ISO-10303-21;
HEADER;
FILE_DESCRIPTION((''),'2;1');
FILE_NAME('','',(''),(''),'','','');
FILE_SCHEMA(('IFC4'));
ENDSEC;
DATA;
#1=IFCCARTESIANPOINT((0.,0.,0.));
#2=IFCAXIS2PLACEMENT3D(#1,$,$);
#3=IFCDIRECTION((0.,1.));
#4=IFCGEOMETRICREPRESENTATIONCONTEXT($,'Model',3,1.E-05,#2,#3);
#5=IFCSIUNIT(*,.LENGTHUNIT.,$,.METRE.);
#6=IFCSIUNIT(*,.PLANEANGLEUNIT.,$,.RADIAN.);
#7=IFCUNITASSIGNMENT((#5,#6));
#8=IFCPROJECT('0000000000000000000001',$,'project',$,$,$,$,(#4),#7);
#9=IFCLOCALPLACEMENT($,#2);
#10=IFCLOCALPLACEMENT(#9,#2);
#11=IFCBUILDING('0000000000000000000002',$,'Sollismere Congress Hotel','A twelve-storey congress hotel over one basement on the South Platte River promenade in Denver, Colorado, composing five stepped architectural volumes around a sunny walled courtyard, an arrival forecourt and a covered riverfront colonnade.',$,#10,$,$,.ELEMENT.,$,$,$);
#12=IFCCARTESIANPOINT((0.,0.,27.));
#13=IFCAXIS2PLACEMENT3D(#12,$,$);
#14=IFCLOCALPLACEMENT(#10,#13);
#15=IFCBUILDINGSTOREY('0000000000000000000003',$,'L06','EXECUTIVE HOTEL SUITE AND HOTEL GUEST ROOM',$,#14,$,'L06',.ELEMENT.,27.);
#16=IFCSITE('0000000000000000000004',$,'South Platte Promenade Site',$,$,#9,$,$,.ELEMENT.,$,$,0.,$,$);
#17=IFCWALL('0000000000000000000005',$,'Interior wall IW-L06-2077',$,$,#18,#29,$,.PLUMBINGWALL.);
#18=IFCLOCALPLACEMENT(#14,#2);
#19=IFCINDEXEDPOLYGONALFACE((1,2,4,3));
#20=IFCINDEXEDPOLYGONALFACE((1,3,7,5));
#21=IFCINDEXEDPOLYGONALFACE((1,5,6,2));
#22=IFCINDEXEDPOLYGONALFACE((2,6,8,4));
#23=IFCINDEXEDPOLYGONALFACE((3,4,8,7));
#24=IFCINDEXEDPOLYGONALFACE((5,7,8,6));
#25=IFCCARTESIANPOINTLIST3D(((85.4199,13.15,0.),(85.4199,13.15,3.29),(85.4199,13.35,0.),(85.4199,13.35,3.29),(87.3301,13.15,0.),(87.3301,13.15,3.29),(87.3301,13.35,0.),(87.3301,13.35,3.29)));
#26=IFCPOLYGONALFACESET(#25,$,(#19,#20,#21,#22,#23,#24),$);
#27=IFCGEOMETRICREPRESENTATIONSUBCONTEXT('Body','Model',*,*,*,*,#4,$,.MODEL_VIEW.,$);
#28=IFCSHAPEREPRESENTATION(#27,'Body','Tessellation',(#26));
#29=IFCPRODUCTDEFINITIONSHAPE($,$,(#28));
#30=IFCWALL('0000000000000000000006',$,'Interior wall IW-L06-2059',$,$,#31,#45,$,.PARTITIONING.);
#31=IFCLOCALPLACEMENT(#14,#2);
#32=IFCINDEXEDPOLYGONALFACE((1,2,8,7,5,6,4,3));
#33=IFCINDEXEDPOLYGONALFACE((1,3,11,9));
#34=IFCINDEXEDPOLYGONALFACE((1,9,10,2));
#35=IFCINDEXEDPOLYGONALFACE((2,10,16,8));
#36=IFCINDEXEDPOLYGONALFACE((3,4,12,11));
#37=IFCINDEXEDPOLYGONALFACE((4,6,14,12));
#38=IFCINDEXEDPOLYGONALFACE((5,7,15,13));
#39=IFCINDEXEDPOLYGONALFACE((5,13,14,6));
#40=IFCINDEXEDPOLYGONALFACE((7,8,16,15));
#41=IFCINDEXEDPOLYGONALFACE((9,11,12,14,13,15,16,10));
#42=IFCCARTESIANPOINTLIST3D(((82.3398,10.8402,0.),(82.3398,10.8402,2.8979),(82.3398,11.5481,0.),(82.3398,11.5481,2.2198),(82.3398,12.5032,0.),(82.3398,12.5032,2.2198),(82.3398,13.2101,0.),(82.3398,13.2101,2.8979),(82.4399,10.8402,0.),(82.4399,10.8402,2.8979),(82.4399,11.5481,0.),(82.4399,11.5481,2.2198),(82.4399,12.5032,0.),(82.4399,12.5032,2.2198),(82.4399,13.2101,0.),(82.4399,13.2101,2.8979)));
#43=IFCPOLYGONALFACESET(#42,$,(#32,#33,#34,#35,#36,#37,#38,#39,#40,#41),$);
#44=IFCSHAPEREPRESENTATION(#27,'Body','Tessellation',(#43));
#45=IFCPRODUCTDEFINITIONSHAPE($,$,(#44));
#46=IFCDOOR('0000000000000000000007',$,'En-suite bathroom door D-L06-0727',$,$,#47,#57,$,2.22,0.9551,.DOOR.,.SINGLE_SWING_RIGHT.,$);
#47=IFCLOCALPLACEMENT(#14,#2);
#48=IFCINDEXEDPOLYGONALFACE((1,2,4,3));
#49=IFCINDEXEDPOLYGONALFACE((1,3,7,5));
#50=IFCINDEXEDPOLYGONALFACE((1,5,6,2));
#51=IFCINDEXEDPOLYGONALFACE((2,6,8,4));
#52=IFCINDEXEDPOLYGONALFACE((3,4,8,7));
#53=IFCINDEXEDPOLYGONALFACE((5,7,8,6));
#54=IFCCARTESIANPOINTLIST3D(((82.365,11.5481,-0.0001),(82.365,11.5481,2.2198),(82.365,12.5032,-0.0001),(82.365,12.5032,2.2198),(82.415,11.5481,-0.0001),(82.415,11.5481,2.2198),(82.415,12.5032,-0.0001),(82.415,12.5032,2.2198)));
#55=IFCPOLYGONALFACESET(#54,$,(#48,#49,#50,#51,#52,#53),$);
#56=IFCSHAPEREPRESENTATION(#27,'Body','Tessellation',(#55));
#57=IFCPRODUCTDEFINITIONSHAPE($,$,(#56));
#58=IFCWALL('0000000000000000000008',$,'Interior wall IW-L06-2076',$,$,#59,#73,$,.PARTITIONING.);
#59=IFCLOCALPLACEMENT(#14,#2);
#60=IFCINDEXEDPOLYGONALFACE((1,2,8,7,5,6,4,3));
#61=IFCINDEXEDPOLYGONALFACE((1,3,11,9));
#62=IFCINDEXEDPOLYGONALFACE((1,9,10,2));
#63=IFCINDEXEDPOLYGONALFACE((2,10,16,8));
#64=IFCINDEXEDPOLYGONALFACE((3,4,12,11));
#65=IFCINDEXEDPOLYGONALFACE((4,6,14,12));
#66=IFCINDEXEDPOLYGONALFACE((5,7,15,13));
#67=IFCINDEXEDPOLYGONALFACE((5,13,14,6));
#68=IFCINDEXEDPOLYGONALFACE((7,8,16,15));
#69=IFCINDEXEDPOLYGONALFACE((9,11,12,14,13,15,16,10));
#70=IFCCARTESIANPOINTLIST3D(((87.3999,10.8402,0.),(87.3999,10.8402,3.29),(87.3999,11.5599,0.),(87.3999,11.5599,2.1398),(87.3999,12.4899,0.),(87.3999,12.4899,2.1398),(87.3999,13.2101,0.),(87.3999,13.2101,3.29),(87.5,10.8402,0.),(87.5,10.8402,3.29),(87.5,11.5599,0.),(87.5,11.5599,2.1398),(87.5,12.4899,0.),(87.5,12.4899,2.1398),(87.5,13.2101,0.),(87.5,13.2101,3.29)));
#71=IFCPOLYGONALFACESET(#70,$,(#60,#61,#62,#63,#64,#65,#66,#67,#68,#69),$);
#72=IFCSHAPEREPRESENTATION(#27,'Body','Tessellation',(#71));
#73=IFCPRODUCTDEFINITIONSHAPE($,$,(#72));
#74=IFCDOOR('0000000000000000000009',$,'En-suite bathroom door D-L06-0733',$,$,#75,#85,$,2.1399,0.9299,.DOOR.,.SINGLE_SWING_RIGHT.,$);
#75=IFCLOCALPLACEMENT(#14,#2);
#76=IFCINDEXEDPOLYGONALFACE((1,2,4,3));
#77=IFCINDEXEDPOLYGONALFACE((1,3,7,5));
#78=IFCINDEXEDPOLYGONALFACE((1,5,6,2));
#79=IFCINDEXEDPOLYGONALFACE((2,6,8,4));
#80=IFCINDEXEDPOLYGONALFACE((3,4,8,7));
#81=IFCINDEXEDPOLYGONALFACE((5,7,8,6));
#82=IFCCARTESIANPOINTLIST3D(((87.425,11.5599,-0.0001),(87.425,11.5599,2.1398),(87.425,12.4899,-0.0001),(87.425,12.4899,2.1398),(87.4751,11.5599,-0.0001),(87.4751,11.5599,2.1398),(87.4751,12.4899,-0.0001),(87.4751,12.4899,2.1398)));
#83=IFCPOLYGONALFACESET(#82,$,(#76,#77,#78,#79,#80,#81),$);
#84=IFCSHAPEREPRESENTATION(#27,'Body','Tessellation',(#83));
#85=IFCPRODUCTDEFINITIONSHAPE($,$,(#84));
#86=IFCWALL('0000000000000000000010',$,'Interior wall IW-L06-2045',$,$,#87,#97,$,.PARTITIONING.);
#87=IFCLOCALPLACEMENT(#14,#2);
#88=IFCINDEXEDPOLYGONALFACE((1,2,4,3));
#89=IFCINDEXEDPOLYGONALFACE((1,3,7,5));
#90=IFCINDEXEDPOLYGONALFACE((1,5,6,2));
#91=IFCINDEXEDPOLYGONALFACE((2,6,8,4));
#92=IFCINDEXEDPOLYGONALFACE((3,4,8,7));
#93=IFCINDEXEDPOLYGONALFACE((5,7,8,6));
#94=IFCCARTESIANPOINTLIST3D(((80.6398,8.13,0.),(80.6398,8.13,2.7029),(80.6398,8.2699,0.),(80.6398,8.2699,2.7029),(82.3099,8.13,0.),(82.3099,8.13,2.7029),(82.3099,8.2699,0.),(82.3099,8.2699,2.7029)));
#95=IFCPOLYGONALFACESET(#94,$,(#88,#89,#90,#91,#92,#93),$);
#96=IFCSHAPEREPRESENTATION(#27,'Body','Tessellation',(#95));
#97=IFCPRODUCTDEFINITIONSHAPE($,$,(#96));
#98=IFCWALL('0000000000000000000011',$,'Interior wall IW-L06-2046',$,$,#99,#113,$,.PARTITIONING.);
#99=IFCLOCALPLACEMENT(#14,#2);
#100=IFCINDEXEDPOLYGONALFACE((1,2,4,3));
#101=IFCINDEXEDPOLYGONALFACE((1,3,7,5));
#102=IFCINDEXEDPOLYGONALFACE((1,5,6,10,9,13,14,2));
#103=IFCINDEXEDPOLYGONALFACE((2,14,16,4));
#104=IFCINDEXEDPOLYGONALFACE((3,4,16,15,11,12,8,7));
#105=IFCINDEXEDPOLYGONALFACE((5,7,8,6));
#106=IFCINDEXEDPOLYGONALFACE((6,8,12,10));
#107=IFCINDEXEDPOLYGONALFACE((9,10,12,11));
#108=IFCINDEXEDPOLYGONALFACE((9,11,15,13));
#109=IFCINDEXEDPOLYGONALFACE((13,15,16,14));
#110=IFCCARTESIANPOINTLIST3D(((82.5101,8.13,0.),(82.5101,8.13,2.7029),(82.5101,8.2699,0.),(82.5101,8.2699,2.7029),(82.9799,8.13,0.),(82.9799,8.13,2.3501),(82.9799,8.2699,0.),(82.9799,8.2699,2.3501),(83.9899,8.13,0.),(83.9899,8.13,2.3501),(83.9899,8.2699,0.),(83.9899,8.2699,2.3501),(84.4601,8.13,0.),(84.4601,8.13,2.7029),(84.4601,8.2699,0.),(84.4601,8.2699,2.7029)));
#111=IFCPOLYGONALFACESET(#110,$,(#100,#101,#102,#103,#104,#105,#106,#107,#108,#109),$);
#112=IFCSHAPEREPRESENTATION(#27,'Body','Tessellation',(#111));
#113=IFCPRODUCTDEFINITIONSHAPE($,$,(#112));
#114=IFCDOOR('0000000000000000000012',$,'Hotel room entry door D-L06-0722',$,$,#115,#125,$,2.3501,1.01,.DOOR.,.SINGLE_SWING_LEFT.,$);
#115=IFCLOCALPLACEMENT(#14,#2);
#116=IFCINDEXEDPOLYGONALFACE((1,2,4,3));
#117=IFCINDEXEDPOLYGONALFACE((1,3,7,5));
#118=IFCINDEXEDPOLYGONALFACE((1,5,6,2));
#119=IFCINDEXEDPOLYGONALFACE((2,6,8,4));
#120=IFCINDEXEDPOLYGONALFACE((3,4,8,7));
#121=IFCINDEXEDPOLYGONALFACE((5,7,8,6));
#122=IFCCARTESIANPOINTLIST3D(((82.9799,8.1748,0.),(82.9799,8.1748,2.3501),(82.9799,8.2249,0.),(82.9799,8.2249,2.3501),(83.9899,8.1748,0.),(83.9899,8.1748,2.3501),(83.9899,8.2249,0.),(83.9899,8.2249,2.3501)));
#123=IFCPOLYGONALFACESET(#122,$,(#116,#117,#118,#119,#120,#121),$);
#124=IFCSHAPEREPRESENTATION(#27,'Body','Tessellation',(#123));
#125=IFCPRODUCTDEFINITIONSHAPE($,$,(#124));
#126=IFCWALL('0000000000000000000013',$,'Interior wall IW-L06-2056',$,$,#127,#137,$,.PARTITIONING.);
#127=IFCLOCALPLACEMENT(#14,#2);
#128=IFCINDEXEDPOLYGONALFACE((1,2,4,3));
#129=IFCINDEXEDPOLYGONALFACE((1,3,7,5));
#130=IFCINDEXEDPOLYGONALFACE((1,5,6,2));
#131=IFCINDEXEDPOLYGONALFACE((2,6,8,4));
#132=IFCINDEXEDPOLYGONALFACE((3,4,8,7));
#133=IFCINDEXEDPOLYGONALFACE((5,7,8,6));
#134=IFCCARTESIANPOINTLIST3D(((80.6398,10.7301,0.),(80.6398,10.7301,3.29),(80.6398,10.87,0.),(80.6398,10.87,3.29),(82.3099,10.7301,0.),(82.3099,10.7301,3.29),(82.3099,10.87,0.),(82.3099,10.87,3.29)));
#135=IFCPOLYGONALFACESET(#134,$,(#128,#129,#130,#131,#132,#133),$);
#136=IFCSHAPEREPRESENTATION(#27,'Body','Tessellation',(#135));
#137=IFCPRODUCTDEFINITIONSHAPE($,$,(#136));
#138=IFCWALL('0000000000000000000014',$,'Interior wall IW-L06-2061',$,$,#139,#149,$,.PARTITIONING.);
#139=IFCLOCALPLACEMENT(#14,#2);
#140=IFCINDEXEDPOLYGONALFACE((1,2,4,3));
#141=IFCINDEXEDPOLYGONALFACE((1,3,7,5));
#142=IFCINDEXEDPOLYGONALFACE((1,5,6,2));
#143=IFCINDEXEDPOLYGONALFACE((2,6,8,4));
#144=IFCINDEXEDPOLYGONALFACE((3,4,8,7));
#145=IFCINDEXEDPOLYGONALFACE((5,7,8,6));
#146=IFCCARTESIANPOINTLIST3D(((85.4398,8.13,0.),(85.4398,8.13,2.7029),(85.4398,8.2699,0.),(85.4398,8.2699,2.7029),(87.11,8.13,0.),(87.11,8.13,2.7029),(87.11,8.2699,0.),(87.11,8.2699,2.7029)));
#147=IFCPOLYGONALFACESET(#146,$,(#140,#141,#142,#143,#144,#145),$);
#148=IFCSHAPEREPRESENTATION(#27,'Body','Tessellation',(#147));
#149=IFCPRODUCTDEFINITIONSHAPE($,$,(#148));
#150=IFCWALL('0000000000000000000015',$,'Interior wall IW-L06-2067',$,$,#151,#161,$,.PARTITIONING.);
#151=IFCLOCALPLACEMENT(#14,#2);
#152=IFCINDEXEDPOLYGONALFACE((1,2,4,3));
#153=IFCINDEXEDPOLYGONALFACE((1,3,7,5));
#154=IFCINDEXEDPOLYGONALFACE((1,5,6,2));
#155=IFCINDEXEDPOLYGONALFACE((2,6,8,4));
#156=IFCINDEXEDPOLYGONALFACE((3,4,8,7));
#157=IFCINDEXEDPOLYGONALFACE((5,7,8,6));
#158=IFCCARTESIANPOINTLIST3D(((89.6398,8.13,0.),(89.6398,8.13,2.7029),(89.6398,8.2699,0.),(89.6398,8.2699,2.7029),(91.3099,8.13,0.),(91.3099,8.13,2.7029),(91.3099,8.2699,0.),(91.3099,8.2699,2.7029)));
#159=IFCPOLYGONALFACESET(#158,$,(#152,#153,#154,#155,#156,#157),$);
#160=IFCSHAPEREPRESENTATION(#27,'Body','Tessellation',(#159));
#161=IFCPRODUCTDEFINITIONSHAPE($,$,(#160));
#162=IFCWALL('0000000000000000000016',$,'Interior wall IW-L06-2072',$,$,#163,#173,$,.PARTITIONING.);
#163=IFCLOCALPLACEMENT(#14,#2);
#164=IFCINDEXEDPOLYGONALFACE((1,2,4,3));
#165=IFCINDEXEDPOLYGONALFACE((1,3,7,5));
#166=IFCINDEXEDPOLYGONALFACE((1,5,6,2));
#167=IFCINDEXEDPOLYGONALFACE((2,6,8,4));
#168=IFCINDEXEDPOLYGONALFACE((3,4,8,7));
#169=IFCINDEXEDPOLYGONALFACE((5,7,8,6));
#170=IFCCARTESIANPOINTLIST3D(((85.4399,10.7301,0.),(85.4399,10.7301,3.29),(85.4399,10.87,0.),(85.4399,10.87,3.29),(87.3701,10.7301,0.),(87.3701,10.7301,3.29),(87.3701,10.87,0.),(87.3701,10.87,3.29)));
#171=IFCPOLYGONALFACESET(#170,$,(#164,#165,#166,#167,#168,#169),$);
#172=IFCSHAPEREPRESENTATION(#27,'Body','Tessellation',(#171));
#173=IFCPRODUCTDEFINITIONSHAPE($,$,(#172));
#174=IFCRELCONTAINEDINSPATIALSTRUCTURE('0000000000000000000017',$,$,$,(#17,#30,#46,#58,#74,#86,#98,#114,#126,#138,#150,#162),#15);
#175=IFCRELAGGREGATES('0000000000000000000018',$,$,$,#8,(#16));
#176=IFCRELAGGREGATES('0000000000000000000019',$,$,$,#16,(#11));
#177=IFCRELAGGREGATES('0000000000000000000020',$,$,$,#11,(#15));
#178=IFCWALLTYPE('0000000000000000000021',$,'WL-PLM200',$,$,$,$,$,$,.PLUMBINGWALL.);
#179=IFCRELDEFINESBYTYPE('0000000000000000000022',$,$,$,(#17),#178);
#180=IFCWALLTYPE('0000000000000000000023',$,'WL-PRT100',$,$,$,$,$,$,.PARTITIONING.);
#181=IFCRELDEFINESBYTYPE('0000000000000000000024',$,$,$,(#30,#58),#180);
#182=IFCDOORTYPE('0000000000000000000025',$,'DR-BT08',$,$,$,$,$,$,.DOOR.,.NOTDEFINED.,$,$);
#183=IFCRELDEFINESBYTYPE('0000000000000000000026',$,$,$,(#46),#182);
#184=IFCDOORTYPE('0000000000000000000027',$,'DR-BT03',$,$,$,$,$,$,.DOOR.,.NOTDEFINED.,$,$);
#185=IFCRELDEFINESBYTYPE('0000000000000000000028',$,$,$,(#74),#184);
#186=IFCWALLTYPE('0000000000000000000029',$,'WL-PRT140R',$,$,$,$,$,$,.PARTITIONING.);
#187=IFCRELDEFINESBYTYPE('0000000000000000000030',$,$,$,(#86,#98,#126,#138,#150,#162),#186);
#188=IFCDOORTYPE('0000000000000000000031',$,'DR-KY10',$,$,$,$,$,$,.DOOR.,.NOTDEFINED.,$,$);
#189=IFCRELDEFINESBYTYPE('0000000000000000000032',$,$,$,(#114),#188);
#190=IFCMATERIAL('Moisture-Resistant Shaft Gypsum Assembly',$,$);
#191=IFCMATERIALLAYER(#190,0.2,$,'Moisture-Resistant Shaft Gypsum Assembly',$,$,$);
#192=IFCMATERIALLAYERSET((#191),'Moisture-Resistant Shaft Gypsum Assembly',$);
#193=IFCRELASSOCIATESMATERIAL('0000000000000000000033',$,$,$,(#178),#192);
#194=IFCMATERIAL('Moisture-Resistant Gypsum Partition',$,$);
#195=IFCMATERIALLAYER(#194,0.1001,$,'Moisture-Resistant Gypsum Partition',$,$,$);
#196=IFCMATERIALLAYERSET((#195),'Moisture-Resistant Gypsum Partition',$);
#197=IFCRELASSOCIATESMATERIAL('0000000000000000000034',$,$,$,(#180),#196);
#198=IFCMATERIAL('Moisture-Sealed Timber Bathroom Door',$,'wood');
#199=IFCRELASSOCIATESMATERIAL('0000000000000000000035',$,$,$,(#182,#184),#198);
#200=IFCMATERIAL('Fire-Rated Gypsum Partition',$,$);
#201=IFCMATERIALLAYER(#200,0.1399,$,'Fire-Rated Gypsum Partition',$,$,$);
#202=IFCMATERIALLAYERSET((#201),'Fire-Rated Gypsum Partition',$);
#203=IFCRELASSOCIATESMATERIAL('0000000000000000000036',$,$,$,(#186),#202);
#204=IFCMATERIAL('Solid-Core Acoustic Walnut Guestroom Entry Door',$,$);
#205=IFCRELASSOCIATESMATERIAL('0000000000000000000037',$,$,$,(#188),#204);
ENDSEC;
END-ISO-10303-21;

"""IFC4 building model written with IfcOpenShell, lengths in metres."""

from ifc_helpers import new_model, si_unit, direction, frame, frame_2d, origin, place, context, subcontext, project, spatial, rectangle, extrude, material, layer, layer_set, type_object, element, fill, save


model = new_model("IFC4")

# Units and contexts
model_context = context("Model", 3, precision=1e-05, world=origin(), true_north=direction((0.0, 1.0)))
body_context = subcontext(model_context, "Body", "Model", "MODEL_VIEW")
ifc_project = project(units=[si_unit("LENGTHUNIT", "METRE"), si_unit("PLANEANGLEUNIT", "RADIAN")], contexts=[model_context])

# Site, building, storey
site_placement = place(None, origin())
site = spatial("IfcSite", under=ifc_project, at=site_placement, Name="South Platte Promenade Site", CompositionType="ELEMENT", RefElevation=0.0)
building_placement = place(site_placement, origin())
building = spatial("IfcBuilding", under=site, at=building_placement, Name="Sollismere Congress Hotel", Description="A twelve-storey congress hotel over one basement on the South Platte River promenade in Denver, Colorado, composing five stepped architectural volumes around a sunny walled courtyard, an arrival forecourt and a covered riverfront colonnade.", CompositionType="ELEMENT")
storey_placement = place(building_placement, frame((0.0, 0.0, 27.0)))
storey = spatial("IfcBuildingStorey", under=building, at=storey_placement, Name="L06", Description="EXECUTIVE HOTEL SUITE AND HOTEL GUEST ROOM", LongName="L06", CompositionType="ELEMENT", Elevation=27.0)

# Wall
ifc_material_1 = material(Name="Moisture-Resistant Shaft Gypsum Assembly")
ifc_layer_1 = layer(ifc_material_1, 0.2, Name="Moisture-Resistant Shaft Gypsum Assembly")
ifc_layer_set_1 = layer_set([ifc_layer_1], Name="Moisture-Resistant Shaft Gypsum Assembly")
wall_type_1 = type_object("IfcWallType", Name="WL-PLM200", PredefinedType="PLUMBINGWALL", material=ifc_layer_set_1)
wall_1_placement = place(storey_placement, frame((85.4199, 13.25, 0.0), z_axis=(0.0, 0.0, 1.0), x_axis=(1.0, 0.0, 0.0)))
element("IfcWall", 1, at=wall_1_placement, inside=storey, type_object=wall_type_1, Name="Interior wall IW-L06-2077", PredefinedType="PLUMBINGWALL", context=body_context, shape_type="SweptSolid", body=[
    extrude(rectangle(XDim=1.9102, YDim=0.2, at=frame_2d((0.9551, 0.0))), origin(), (0.0, 0.0, 1.0), 3.29),
])

# Walls, openings, doors
ifc_material_2 = material(Name="Moisture-Resistant Gypsum Partition")
ifc_layer_2 = layer(ifc_material_2, 0.1001, Name="Moisture-Resistant Gypsum Partition")
ifc_layer_set_2 = layer_set([ifc_layer_2], Name="Moisture-Resistant Gypsum Partition")
wall_type_2 = type_object("IfcWallType", Name="WL-PRT100", PredefinedType="PARTITIONING", material=ifc_layer_set_2)
wall_2_placement = place(storey_placement, frame((82.3899, 10.8401, 0.0), z_axis=(0.0, 0.0, 1.0), x_axis=(0.0, 1.0, 0.0)))
wall_2 = element("IfcWall", 2, at=wall_2_placement, inside=storey, type_object=wall_type_2, Name="Interior wall IW-L06-2059", PredefinedType="PARTITIONING", context=body_context, shape_type="SweptSolid", body=[
    extrude(rectangle(XDim=2.3699, YDim=0.1001, at=frame_2d((1.1851, 0.0))), origin(), (0.0, 0.0, 1.0), 2.8979),
])
opening_1_placement = place(wall_2_placement, frame((0.708, 0.0, 0.0)))
opening_1 = element("IfcOpeningElement", 3, at=opening_1_placement, cuts=wall_2, PredefinedType="OPENING", context=body_context, shape_type="SweptSolid", body=[
    extrude(rectangle(XDim=0.9551, YDim=2.22, at=frame_2d((0.4775, 1.1099))), frame((0.0, 0.0601, 0.0), z_axis=(0.0, -1.0, 0.0), x_axis=(1.0, 0.0, 0.0)), (0.0, 0.0, 1.0), 0.1201),
])
ifc_material_3 = material(Name="Moisture-Sealed Timber Bathroom Door", Category="wood")
door_type_1 = type_object("IfcDoorType", Name="DR-BT08", OperationType="NOTDEFINED", PredefinedType="DOOR", material=ifc_material_3)
door_1_placement = place(opening_1_placement, origin())
door_1 = element("IfcDoor", 4, at=door_1_placement, inside=storey, type_object=door_type_1, Name="En-suite bathroom door D-L06-0727", OperationType="SINGLE_SWING_RIGHT", OverallHeight=2.22, OverallWidth=0.9551, PredefinedType="DOOR", context=body_context, shape_type="SweptSolid", body=[
    extrude(rectangle(XDim=0.9551, YDim=2.22, at=frame_2d((0.4775, 1.1099))), frame((0.0, 0.0249, 0.0), z_axis=(0.0, -1.0, 0.0), x_axis=(1.0, 0.0, 0.0)), (0.0, 0.0, 1.0), 0.05),
])
fill(opening_1, door_1)
wall_3_placement = place(storey_placement, frame((87.45, 10.8401, 0.0), z_axis=(0.0, 0.0, 1.0), x_axis=(0.0, 1.0, 0.0)))
wall_3 = element("IfcWall", 5, at=wall_3_placement, inside=storey, type_object=wall_type_2, Name="Interior wall IW-L06-2076", PredefinedType="PARTITIONING", context=body_context, shape_type="SweptSolid", body=[
    extrude(rectangle(XDim=2.3699, YDim=0.1001, at=frame_2d((1.1851, 0.0))), origin(), (0.0, 0.0, 1.0), 3.29),
])
opening_2_placement = place(wall_3_placement, frame((0.72, 0.0, 0.0)))
opening_2 = element("IfcOpeningElement", 6, at=opening_2_placement, cuts=wall_3, PredefinedType="OPENING", context=body_context, shape_type="SweptSolid", body=[
    extrude(rectangle(XDim=0.9299, YDim=2.1399, at=frame_2d((0.4648, 1.0698))), frame((0.0, 0.0601, 0.0), z_axis=(0.0, -1.0, 0.0), x_axis=(1.0, 0.0, 0.0)), (0.0, 0.0, 1.0), 0.1201),
])
door_type_2 = type_object("IfcDoorType", Name="DR-BT03", OperationType="NOTDEFINED", PredefinedType="DOOR", material=ifc_material_3)
door_2_placement = place(opening_2_placement, origin())
door_2 = element("IfcDoor", 7, at=door_2_placement, inside=storey, type_object=door_type_2, Name="En-suite bathroom door D-L06-0733", OperationType="SINGLE_SWING_RIGHT", OverallHeight=2.1399, OverallWidth=0.9299, PredefinedType="DOOR", context=body_context, shape_type="SweptSolid", body=[
    extrude(rectangle(XDim=0.9299, YDim=2.1399, at=frame_2d((0.4648, 1.0698))), frame((0.0, 0.0249, 0.0), z_axis=(0.0, -1.0, 0.0), x_axis=(1.0, 0.0, 0.0)), (0.0, 0.0, 1.0), 0.05),
])
fill(opening_2, door_2)

# Wall
ifc_material_4 = material(Name="Fire-Rated Gypsum Partition")
ifc_layer_3 = layer(ifc_material_4, 0.1399, Name="Fire-Rated Gypsum Partition")
ifc_layer_set_3 = layer_set([ifc_layer_3], Name="Fire-Rated Gypsum Partition")
wall_type_3 = type_object("IfcWallType", Name="WL-PRT140R", PredefinedType="PARTITIONING", material=ifc_layer_set_3)
wall_4_placement = place(storey_placement, frame((80.6399, 8.2, 0.0), z_axis=(0.0, 0.0, 1.0), x_axis=(1.0, 0.0, 0.0)))
element("IfcWall", 8, at=wall_4_placement, inside=storey, type_object=wall_type_3, Name="Interior wall IW-L06-2045", PredefinedType="PARTITIONING", context=body_context, shape_type="SweptSolid", body=[
    extrude(rectangle(XDim=1.6702, YDim=0.1399, at=frame_2d((0.835, 0.0))), origin(), (0.0, 0.0, 1.0), 2.7029),
])

# Wall, opening, door
wall_5_placement = place(storey_placement, frame((82.51, 8.2, 0.0), z_axis=(0.0, 0.0, 1.0), x_axis=(1.0, 0.0, 0.0)))
wall_5 = element("IfcWall", 9, at=wall_5_placement, inside=storey, type_object=wall_type_3, Name="Interior wall IW-L06-2046", PredefinedType="PARTITIONING", context=body_context, shape_type="SweptSolid", body=[
    extrude(rectangle(XDim=1.95, YDim=0.1399, at=frame_2d((0.9751, 0.0))), origin(), (0.0, 0.0, 1.0), 2.7029),
])
opening_3_placement = place(wall_5_placement, frame((0.47, 0.0, 0.0)))
opening_3 = element("IfcOpeningElement", 10, at=opening_3_placement, cuts=wall_5, PredefinedType="OPENING", context=body_context, shape_type="SweptSolid", body=[
    extrude(rectangle(XDim=1.01, YDim=2.3501, at=frame_2d((0.5049, 1.175))), frame((0.0, 0.0798, 0.0), z_axis=(0.0, -1.0, 0.0), x_axis=(1.0, 0.0, 0.0)), (0.0, 0.0, 1.0), 0.1599),
])
ifc_material_5 = material(Name="Solid-Core Acoustic Walnut Guestroom Entry Door")
door_type_3 = type_object("IfcDoorType", Name="DR-KY10", OperationType="NOTDEFINED", PredefinedType="DOOR", material=ifc_material_5)
door_3_placement = place(opening_3_placement, origin())
door_3 = element("IfcDoor", 11, at=door_3_placement, inside=storey, type_object=door_type_3, Name="Hotel room entry door D-L06-0722", OperationType="SINGLE_SWING_LEFT", OverallHeight=2.3501, OverallWidth=1.01, PredefinedType="DOOR", context=body_context, shape_type="SweptSolid", body=[
    extrude(rectangle(XDim=1.01, YDim=2.3501, at=frame_2d((0.5049, 1.175))), frame((0.0, 0.0249, 0.0), z_axis=(0.0, -1.0, 0.0), x_axis=(1.0, 0.0, 0.0)), (0.0, 0.0, 1.0), 0.05),
])
fill(opening_3, door_3)

# Wall
wall_6_placement = place(storey_placement, frame((80.6399, 10.8, 0.0), z_axis=(0.0, 0.0, 1.0), x_axis=(1.0, 0.0, 0.0)))
element("IfcWall", 12, at=wall_6_placement, inside=storey, type_object=wall_type_3, Name="Interior wall IW-L06-2056", PredefinedType="PARTITIONING", context=body_context, shape_type="SweptSolid", body=[
    extrude(rectangle(XDim=1.6702, YDim=0.1399, at=frame_2d((0.835, 0.0))), origin(), (0.0, 0.0, 1.0), 3.29),
])

# Wall
wall_7_placement = place(storey_placement, frame((85.4399, 8.2, 0.0), z_axis=(0.0, 0.0, 1.0), x_axis=(1.0, 0.0, 0.0)))
element("IfcWall", 13, at=wall_7_placement, inside=storey, type_object=wall_type_3, Name="Interior wall IW-L06-2061", PredefinedType="PARTITIONING", context=body_context, shape_type="SweptSolid", body=[
    extrude(rectangle(XDim=1.6702, YDim=0.1399, at=frame_2d((0.835, 0.0))), origin(), (0.0, 0.0, 1.0), 2.7029),
])

# Walls
wall_8_placement = place(storey_placement, frame((89.6399, 8.2, 0.0), z_axis=(0.0, 0.0, 1.0), x_axis=(1.0, 0.0, 0.0)))
element("IfcWall", 14, at=wall_8_placement, inside=storey, type_object=wall_type_3, Name="Interior wall IW-L06-2067", PredefinedType="PARTITIONING", context=body_context, shape_type="SweptSolid", body=[
    extrude(rectangle(XDim=1.6702, YDim=0.1399, at=frame_2d((0.835, 0.0))), origin(), (0.0, 0.0, 1.0), 2.7029),
])
wall_9_placement = place(storey_placement, frame((85.4399, 10.8, 0.0), z_axis=(0.0, 0.0, 1.0), x_axis=(1.0, 0.0, 0.0)))
element("IfcWall", 15, at=wall_9_placement, inside=storey, type_object=wall_type_3, Name="Interior wall IW-L06-2072", PredefinedType="PARTITIONING", context=body_context, shape_type="SweptSolid", body=[
    extrude(rectangle(XDim=1.9302, YDim=0.1399, at=frame_2d((0.9651, 0.0))), origin(), (0.0, 0.0, 1.0), 3.29),
])

save(model, "model.ifc")
